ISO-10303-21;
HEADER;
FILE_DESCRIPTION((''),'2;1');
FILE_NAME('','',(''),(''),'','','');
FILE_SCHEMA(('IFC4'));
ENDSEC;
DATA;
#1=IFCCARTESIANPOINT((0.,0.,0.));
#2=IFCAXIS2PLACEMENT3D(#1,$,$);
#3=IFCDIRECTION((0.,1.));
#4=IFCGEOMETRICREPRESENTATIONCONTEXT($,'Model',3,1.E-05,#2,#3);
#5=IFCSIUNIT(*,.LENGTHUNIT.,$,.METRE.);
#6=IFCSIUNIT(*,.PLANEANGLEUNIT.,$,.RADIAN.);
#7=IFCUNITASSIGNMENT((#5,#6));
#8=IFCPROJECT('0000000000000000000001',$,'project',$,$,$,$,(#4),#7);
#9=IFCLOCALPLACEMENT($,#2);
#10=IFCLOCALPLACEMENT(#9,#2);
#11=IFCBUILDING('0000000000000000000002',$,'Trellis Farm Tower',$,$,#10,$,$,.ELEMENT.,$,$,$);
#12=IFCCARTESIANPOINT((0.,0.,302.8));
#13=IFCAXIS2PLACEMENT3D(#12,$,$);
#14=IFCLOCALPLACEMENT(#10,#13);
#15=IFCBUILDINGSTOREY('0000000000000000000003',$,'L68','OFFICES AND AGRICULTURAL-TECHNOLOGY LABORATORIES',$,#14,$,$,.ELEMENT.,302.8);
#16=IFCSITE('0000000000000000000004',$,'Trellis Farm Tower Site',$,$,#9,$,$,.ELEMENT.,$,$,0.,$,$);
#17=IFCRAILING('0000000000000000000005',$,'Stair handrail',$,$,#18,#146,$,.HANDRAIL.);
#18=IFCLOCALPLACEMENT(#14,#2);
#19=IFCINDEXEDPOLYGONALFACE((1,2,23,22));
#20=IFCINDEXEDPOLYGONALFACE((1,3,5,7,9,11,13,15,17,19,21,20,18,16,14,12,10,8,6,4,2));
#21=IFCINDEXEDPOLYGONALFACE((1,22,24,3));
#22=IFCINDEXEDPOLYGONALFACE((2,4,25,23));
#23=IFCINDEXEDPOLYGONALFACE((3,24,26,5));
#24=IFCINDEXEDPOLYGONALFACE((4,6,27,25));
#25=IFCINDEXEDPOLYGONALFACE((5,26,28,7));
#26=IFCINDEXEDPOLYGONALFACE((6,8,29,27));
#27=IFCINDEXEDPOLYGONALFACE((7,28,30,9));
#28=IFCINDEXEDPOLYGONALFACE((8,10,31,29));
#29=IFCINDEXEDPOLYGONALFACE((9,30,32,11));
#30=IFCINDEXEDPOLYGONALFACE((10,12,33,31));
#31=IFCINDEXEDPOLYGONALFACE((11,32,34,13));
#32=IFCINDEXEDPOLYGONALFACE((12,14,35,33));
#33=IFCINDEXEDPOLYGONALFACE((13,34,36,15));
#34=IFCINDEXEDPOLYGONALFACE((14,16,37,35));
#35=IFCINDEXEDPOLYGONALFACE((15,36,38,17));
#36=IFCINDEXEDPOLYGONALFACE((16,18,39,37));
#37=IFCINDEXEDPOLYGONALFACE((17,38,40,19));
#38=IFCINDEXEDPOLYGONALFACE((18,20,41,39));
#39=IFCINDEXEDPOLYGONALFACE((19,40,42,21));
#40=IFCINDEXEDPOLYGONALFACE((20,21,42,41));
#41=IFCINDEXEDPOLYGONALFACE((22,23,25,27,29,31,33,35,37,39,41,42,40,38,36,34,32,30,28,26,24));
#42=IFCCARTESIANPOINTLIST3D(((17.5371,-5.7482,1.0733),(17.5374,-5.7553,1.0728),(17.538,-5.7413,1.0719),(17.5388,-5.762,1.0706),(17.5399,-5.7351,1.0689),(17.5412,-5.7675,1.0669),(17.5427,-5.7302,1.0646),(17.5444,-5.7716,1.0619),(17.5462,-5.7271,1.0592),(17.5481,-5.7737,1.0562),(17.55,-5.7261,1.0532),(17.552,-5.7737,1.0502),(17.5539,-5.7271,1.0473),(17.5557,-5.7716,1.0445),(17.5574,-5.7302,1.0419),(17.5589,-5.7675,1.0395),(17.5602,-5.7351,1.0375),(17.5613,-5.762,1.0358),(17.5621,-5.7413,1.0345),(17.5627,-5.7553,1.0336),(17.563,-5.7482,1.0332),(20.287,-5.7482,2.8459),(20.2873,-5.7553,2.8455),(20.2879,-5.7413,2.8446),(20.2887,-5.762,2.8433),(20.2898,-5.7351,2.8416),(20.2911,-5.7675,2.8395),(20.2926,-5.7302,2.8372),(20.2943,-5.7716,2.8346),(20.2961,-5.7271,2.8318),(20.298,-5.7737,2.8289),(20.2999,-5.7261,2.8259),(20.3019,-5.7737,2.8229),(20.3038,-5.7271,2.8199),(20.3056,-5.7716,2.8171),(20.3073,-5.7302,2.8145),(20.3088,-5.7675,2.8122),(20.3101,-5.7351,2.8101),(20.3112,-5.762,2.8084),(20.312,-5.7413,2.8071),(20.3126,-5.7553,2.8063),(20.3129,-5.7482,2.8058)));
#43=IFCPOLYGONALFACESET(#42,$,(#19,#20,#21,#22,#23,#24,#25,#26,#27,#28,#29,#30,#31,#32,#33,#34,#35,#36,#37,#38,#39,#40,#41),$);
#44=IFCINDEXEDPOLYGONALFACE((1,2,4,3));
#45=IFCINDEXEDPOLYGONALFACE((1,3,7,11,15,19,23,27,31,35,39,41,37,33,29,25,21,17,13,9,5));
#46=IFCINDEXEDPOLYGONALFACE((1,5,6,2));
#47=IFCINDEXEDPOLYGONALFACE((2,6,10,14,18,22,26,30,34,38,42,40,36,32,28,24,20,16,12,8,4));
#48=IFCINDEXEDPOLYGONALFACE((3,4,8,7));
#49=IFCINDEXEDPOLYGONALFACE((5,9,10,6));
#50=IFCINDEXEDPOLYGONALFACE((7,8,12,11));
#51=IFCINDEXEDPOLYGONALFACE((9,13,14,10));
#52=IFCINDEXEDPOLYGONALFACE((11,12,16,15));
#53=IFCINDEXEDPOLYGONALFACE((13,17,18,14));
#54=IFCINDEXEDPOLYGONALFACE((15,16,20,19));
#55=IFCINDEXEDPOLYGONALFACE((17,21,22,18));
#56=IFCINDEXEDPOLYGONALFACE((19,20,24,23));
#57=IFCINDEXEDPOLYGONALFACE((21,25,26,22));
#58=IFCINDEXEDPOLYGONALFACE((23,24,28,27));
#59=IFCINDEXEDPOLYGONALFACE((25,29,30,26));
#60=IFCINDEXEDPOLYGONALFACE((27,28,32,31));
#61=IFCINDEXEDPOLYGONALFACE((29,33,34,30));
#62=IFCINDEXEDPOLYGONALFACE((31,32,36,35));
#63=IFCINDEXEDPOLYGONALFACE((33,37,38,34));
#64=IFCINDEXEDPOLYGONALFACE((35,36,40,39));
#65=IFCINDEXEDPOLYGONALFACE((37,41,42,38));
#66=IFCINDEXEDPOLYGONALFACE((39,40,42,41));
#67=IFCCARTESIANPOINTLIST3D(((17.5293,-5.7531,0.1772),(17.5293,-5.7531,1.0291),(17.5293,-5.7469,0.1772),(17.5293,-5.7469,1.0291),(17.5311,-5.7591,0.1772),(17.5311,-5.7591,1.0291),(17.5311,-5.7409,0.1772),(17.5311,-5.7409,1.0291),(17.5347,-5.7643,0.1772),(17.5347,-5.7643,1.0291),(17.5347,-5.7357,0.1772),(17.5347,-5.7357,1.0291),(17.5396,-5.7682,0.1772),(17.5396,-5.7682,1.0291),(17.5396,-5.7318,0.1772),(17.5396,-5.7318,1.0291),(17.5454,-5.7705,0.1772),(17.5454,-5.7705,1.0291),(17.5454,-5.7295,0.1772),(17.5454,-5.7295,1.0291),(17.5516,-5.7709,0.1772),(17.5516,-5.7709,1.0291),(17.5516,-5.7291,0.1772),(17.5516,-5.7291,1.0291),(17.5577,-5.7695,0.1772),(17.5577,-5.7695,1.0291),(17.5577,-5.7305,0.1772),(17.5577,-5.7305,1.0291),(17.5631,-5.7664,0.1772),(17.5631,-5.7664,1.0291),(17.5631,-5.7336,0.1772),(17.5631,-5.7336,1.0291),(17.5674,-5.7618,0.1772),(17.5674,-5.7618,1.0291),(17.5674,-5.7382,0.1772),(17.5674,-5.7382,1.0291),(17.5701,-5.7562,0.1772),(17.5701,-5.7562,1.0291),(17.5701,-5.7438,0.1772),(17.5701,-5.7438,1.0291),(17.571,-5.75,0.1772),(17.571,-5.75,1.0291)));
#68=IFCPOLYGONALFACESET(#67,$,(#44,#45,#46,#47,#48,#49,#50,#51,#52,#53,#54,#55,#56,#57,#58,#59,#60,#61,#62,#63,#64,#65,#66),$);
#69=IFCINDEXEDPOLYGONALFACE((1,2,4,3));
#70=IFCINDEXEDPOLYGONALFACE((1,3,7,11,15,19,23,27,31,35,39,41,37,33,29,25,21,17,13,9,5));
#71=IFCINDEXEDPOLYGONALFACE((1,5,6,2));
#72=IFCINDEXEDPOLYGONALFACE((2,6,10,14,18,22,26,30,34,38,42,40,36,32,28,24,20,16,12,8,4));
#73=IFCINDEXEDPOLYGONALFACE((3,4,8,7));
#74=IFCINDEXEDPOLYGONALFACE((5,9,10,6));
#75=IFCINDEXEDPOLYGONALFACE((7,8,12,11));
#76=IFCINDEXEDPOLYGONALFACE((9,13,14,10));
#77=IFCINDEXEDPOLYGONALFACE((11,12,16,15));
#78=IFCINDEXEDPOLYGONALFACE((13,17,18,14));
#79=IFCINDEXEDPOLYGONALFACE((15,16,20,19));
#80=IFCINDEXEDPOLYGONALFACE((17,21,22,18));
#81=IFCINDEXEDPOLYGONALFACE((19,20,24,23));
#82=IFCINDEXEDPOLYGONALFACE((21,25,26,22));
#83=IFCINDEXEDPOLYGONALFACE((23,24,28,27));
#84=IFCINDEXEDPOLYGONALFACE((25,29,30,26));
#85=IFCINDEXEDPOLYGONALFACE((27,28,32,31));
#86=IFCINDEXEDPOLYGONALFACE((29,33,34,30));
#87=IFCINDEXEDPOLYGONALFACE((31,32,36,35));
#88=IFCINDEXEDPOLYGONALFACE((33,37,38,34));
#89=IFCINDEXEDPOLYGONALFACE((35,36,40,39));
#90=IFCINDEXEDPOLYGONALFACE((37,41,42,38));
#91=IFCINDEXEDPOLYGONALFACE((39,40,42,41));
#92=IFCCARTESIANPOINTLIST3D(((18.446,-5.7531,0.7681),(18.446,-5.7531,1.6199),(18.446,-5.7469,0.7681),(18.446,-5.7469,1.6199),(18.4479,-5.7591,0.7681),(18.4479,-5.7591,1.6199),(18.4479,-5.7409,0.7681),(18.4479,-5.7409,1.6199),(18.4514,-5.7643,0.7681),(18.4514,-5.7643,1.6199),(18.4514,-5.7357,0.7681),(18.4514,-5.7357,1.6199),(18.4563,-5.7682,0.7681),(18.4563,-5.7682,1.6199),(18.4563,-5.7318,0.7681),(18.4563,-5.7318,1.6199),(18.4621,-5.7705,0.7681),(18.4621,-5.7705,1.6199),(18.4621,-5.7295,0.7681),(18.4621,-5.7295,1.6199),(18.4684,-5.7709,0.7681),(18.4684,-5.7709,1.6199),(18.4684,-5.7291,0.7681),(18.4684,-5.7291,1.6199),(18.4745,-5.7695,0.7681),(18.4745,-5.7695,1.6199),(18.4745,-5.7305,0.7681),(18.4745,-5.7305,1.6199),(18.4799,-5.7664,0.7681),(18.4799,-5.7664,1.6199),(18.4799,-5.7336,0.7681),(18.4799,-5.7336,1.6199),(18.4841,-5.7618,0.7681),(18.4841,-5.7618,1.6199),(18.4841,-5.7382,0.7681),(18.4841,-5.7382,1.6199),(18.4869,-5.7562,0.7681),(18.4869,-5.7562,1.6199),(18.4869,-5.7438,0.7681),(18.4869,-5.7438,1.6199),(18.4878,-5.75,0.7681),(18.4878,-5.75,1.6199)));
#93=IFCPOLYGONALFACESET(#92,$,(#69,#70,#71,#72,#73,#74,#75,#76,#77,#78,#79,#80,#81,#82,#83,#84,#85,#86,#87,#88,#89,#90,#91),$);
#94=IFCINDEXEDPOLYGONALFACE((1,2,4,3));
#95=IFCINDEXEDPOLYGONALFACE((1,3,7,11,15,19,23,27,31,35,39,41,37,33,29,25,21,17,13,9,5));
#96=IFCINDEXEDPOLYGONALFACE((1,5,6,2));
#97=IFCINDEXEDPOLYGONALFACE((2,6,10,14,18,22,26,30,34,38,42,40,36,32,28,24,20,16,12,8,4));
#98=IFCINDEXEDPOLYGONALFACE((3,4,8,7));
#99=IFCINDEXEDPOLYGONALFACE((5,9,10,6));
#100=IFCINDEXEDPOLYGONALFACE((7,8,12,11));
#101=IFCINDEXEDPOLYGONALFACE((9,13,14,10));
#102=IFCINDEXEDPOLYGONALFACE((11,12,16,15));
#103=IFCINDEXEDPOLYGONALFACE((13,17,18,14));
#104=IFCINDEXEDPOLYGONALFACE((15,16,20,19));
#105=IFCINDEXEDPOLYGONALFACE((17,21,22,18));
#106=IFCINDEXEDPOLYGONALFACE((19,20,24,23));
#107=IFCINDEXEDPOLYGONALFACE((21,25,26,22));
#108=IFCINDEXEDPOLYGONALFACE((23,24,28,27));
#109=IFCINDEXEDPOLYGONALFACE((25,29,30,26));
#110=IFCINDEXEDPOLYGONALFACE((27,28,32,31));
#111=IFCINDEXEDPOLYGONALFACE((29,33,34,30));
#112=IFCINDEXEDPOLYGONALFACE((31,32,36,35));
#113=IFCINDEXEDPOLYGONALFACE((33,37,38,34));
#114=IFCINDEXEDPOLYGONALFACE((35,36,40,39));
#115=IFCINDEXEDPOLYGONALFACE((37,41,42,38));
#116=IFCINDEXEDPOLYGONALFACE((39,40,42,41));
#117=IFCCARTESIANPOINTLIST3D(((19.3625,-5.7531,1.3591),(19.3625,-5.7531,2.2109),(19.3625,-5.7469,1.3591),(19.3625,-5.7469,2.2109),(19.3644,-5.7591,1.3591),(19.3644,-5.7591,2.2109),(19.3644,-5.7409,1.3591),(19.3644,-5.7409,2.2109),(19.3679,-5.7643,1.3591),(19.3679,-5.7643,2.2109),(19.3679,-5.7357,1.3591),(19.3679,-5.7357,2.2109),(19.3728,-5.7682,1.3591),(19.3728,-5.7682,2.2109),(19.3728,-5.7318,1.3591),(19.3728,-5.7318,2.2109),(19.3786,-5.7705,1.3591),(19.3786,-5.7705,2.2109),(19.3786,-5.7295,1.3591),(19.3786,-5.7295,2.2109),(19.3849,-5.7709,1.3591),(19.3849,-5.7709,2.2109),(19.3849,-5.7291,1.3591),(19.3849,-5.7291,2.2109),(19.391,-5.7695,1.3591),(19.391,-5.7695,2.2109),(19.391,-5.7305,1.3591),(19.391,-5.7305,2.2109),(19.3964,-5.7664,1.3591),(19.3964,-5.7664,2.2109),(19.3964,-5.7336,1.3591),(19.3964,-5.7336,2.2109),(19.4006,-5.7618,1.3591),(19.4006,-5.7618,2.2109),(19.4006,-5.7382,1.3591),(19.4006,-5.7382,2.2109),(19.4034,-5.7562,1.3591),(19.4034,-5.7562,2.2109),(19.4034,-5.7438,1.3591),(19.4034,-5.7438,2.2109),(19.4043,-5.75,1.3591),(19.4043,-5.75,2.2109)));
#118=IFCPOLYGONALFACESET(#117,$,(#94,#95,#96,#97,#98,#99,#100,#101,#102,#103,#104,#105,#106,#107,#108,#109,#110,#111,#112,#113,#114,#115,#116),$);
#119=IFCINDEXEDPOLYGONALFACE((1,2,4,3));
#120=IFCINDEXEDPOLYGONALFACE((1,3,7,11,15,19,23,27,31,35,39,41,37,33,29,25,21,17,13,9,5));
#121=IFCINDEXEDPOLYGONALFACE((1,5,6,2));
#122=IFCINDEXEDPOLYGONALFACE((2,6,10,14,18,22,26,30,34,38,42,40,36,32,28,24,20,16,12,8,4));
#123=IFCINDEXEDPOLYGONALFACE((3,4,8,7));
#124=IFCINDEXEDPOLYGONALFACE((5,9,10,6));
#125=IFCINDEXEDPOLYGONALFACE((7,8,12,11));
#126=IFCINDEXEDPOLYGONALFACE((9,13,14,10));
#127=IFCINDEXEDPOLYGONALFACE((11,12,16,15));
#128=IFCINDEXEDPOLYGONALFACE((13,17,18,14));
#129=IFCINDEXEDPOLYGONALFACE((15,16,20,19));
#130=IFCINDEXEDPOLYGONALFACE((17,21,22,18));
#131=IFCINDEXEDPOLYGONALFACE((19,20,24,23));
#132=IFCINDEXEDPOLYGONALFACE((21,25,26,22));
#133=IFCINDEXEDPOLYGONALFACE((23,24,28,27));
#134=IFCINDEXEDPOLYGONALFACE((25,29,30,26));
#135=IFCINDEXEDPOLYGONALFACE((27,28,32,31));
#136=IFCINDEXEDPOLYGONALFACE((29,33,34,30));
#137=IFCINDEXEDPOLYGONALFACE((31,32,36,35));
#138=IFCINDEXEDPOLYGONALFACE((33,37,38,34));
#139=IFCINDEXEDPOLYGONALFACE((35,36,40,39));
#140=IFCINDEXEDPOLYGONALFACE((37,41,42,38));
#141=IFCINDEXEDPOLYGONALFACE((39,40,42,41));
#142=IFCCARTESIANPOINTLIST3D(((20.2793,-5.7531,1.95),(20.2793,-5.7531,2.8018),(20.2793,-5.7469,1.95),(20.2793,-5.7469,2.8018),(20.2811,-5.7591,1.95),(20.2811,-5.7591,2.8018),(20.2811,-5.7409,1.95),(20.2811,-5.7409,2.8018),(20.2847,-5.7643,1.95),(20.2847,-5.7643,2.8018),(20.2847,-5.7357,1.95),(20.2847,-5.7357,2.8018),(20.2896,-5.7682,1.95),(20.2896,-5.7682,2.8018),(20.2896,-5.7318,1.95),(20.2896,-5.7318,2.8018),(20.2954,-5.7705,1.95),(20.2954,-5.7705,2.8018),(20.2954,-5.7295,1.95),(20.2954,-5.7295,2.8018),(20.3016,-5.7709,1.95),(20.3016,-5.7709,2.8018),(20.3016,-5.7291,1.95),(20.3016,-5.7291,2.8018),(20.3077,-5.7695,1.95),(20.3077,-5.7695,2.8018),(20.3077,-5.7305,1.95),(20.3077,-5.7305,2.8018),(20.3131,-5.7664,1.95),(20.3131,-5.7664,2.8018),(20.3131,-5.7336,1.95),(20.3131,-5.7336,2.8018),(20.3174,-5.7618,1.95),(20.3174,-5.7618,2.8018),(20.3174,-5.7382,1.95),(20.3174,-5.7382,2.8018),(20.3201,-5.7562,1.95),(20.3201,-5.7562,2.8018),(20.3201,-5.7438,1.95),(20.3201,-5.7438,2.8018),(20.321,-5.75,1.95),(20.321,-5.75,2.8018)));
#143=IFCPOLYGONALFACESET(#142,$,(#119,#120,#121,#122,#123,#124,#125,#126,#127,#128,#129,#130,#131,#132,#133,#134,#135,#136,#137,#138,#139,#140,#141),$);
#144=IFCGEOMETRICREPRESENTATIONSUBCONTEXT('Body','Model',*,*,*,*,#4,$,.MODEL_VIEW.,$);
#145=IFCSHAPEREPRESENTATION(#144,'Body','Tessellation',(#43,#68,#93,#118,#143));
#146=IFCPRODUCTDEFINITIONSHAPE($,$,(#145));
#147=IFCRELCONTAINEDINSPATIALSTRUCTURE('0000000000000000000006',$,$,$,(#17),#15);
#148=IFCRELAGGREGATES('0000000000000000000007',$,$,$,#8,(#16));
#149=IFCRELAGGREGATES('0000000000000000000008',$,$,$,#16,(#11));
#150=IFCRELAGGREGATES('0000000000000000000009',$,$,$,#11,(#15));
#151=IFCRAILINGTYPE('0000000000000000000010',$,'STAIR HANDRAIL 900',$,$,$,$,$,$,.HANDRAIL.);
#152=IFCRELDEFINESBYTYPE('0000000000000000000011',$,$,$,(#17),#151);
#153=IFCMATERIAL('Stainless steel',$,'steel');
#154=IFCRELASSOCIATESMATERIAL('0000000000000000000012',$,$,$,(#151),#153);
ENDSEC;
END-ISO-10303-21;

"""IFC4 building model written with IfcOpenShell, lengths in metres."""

from ifc_helpers import new_model, si_unit, direction, frame, origin, origin_2d, place, context, subcontext, project, spatial, circle, extrude, source, transform, mapped, material, type_object, element, save


model = new_model("IFC4")

# Units and contexts
model_context = context("Model", 3, precision=1e-05, world=origin(), true_north=direction((0.0, 1.0)))
body_context = subcontext(model_context, "Body", "Model", "MODEL_VIEW")
ifc_project = project(units=[si_unit("LENGTHUNIT", "METRE"), si_unit("PLANEANGLEUNIT", "RADIAN")], contexts=[model_context])

# Site, building, storey
site_placement = place(None, origin())
site = spatial("IfcSite", under=ifc_project, at=site_placement, Name="Trellis Farm Tower Site", CompositionType="ELEMENT", RefElevation=0.0)
building_placement = place(site_placement, origin())
building = spatial("IfcBuilding", under=site, at=building_placement, Name="Trellis Farm Tower", CompositionType="ELEMENT")
storey_placement = place(building_placement, frame((0.0, 0.0, 302.8)))
storey = spatial("IfcBuildingStorey", under=building, at=storey_placement, Name="L68", Description="OFFICES AND AGRICULTURAL-TECHNOLOGY LABORATORIES", CompositionType="ELEMENT", Elevation=302.8)

# Railing
ifc_material_1 = material(Name="Stainless steel", Category="steel")
railing_type = type_object("IfcRailingType", Name="STAIR HANDRAIL 900", PredefinedType="HANDRAIL", material=ifc_material_1)
shared_shape_1 = source(origin(), body_context, "Body", "SweptSolid", [
    extrude(circle(Radius=0.0239, at=origin_2d()), frame((0.0, 0.0, 0.876), z_axis=(0.840504, 0.0, 0.541806), x_axis=(0.0, 1.0, 0.0)), (0.0, 0.0, 1.0), 3.2717),
    extrude(circle(Radius=0.021, at=origin_2d()), origin(), (0.0, 0.0, 1.0), 0.8518),
    extrude(circle(Radius=0.021, at=origin_2d()), frame((0.9167, 0.0, 0.5908)), (0.0, 0.0, 1.0), 0.8518),
    extrude(circle(Radius=0.021, at=origin_2d()), frame((1.8333, 0.0, 1.1819)), (0.0, 0.0, 1.0), 0.8518),
    extrude(circle(Radius=0.021, at=origin_2d()), frame((2.75, 0.0, 1.7727)), (0.0, 0.0, 1.0), 0.8518),
])
for number, where, name in (
    (1, (17.55, -5.75, 0.1772), "Stair handrail"),
):
    element("IfcRailing", number, at=place(storey_placement, frame(where)), inside=storey, type_object=railing_type, Name=name, PredefinedType="HANDRAIL", context=body_context, shape_type="MappedRepresentation", body=[
        mapped(shared_shape_1, transform((0.0, 0.0, 0.0))),
    ])

save(model, "model.ifc")
